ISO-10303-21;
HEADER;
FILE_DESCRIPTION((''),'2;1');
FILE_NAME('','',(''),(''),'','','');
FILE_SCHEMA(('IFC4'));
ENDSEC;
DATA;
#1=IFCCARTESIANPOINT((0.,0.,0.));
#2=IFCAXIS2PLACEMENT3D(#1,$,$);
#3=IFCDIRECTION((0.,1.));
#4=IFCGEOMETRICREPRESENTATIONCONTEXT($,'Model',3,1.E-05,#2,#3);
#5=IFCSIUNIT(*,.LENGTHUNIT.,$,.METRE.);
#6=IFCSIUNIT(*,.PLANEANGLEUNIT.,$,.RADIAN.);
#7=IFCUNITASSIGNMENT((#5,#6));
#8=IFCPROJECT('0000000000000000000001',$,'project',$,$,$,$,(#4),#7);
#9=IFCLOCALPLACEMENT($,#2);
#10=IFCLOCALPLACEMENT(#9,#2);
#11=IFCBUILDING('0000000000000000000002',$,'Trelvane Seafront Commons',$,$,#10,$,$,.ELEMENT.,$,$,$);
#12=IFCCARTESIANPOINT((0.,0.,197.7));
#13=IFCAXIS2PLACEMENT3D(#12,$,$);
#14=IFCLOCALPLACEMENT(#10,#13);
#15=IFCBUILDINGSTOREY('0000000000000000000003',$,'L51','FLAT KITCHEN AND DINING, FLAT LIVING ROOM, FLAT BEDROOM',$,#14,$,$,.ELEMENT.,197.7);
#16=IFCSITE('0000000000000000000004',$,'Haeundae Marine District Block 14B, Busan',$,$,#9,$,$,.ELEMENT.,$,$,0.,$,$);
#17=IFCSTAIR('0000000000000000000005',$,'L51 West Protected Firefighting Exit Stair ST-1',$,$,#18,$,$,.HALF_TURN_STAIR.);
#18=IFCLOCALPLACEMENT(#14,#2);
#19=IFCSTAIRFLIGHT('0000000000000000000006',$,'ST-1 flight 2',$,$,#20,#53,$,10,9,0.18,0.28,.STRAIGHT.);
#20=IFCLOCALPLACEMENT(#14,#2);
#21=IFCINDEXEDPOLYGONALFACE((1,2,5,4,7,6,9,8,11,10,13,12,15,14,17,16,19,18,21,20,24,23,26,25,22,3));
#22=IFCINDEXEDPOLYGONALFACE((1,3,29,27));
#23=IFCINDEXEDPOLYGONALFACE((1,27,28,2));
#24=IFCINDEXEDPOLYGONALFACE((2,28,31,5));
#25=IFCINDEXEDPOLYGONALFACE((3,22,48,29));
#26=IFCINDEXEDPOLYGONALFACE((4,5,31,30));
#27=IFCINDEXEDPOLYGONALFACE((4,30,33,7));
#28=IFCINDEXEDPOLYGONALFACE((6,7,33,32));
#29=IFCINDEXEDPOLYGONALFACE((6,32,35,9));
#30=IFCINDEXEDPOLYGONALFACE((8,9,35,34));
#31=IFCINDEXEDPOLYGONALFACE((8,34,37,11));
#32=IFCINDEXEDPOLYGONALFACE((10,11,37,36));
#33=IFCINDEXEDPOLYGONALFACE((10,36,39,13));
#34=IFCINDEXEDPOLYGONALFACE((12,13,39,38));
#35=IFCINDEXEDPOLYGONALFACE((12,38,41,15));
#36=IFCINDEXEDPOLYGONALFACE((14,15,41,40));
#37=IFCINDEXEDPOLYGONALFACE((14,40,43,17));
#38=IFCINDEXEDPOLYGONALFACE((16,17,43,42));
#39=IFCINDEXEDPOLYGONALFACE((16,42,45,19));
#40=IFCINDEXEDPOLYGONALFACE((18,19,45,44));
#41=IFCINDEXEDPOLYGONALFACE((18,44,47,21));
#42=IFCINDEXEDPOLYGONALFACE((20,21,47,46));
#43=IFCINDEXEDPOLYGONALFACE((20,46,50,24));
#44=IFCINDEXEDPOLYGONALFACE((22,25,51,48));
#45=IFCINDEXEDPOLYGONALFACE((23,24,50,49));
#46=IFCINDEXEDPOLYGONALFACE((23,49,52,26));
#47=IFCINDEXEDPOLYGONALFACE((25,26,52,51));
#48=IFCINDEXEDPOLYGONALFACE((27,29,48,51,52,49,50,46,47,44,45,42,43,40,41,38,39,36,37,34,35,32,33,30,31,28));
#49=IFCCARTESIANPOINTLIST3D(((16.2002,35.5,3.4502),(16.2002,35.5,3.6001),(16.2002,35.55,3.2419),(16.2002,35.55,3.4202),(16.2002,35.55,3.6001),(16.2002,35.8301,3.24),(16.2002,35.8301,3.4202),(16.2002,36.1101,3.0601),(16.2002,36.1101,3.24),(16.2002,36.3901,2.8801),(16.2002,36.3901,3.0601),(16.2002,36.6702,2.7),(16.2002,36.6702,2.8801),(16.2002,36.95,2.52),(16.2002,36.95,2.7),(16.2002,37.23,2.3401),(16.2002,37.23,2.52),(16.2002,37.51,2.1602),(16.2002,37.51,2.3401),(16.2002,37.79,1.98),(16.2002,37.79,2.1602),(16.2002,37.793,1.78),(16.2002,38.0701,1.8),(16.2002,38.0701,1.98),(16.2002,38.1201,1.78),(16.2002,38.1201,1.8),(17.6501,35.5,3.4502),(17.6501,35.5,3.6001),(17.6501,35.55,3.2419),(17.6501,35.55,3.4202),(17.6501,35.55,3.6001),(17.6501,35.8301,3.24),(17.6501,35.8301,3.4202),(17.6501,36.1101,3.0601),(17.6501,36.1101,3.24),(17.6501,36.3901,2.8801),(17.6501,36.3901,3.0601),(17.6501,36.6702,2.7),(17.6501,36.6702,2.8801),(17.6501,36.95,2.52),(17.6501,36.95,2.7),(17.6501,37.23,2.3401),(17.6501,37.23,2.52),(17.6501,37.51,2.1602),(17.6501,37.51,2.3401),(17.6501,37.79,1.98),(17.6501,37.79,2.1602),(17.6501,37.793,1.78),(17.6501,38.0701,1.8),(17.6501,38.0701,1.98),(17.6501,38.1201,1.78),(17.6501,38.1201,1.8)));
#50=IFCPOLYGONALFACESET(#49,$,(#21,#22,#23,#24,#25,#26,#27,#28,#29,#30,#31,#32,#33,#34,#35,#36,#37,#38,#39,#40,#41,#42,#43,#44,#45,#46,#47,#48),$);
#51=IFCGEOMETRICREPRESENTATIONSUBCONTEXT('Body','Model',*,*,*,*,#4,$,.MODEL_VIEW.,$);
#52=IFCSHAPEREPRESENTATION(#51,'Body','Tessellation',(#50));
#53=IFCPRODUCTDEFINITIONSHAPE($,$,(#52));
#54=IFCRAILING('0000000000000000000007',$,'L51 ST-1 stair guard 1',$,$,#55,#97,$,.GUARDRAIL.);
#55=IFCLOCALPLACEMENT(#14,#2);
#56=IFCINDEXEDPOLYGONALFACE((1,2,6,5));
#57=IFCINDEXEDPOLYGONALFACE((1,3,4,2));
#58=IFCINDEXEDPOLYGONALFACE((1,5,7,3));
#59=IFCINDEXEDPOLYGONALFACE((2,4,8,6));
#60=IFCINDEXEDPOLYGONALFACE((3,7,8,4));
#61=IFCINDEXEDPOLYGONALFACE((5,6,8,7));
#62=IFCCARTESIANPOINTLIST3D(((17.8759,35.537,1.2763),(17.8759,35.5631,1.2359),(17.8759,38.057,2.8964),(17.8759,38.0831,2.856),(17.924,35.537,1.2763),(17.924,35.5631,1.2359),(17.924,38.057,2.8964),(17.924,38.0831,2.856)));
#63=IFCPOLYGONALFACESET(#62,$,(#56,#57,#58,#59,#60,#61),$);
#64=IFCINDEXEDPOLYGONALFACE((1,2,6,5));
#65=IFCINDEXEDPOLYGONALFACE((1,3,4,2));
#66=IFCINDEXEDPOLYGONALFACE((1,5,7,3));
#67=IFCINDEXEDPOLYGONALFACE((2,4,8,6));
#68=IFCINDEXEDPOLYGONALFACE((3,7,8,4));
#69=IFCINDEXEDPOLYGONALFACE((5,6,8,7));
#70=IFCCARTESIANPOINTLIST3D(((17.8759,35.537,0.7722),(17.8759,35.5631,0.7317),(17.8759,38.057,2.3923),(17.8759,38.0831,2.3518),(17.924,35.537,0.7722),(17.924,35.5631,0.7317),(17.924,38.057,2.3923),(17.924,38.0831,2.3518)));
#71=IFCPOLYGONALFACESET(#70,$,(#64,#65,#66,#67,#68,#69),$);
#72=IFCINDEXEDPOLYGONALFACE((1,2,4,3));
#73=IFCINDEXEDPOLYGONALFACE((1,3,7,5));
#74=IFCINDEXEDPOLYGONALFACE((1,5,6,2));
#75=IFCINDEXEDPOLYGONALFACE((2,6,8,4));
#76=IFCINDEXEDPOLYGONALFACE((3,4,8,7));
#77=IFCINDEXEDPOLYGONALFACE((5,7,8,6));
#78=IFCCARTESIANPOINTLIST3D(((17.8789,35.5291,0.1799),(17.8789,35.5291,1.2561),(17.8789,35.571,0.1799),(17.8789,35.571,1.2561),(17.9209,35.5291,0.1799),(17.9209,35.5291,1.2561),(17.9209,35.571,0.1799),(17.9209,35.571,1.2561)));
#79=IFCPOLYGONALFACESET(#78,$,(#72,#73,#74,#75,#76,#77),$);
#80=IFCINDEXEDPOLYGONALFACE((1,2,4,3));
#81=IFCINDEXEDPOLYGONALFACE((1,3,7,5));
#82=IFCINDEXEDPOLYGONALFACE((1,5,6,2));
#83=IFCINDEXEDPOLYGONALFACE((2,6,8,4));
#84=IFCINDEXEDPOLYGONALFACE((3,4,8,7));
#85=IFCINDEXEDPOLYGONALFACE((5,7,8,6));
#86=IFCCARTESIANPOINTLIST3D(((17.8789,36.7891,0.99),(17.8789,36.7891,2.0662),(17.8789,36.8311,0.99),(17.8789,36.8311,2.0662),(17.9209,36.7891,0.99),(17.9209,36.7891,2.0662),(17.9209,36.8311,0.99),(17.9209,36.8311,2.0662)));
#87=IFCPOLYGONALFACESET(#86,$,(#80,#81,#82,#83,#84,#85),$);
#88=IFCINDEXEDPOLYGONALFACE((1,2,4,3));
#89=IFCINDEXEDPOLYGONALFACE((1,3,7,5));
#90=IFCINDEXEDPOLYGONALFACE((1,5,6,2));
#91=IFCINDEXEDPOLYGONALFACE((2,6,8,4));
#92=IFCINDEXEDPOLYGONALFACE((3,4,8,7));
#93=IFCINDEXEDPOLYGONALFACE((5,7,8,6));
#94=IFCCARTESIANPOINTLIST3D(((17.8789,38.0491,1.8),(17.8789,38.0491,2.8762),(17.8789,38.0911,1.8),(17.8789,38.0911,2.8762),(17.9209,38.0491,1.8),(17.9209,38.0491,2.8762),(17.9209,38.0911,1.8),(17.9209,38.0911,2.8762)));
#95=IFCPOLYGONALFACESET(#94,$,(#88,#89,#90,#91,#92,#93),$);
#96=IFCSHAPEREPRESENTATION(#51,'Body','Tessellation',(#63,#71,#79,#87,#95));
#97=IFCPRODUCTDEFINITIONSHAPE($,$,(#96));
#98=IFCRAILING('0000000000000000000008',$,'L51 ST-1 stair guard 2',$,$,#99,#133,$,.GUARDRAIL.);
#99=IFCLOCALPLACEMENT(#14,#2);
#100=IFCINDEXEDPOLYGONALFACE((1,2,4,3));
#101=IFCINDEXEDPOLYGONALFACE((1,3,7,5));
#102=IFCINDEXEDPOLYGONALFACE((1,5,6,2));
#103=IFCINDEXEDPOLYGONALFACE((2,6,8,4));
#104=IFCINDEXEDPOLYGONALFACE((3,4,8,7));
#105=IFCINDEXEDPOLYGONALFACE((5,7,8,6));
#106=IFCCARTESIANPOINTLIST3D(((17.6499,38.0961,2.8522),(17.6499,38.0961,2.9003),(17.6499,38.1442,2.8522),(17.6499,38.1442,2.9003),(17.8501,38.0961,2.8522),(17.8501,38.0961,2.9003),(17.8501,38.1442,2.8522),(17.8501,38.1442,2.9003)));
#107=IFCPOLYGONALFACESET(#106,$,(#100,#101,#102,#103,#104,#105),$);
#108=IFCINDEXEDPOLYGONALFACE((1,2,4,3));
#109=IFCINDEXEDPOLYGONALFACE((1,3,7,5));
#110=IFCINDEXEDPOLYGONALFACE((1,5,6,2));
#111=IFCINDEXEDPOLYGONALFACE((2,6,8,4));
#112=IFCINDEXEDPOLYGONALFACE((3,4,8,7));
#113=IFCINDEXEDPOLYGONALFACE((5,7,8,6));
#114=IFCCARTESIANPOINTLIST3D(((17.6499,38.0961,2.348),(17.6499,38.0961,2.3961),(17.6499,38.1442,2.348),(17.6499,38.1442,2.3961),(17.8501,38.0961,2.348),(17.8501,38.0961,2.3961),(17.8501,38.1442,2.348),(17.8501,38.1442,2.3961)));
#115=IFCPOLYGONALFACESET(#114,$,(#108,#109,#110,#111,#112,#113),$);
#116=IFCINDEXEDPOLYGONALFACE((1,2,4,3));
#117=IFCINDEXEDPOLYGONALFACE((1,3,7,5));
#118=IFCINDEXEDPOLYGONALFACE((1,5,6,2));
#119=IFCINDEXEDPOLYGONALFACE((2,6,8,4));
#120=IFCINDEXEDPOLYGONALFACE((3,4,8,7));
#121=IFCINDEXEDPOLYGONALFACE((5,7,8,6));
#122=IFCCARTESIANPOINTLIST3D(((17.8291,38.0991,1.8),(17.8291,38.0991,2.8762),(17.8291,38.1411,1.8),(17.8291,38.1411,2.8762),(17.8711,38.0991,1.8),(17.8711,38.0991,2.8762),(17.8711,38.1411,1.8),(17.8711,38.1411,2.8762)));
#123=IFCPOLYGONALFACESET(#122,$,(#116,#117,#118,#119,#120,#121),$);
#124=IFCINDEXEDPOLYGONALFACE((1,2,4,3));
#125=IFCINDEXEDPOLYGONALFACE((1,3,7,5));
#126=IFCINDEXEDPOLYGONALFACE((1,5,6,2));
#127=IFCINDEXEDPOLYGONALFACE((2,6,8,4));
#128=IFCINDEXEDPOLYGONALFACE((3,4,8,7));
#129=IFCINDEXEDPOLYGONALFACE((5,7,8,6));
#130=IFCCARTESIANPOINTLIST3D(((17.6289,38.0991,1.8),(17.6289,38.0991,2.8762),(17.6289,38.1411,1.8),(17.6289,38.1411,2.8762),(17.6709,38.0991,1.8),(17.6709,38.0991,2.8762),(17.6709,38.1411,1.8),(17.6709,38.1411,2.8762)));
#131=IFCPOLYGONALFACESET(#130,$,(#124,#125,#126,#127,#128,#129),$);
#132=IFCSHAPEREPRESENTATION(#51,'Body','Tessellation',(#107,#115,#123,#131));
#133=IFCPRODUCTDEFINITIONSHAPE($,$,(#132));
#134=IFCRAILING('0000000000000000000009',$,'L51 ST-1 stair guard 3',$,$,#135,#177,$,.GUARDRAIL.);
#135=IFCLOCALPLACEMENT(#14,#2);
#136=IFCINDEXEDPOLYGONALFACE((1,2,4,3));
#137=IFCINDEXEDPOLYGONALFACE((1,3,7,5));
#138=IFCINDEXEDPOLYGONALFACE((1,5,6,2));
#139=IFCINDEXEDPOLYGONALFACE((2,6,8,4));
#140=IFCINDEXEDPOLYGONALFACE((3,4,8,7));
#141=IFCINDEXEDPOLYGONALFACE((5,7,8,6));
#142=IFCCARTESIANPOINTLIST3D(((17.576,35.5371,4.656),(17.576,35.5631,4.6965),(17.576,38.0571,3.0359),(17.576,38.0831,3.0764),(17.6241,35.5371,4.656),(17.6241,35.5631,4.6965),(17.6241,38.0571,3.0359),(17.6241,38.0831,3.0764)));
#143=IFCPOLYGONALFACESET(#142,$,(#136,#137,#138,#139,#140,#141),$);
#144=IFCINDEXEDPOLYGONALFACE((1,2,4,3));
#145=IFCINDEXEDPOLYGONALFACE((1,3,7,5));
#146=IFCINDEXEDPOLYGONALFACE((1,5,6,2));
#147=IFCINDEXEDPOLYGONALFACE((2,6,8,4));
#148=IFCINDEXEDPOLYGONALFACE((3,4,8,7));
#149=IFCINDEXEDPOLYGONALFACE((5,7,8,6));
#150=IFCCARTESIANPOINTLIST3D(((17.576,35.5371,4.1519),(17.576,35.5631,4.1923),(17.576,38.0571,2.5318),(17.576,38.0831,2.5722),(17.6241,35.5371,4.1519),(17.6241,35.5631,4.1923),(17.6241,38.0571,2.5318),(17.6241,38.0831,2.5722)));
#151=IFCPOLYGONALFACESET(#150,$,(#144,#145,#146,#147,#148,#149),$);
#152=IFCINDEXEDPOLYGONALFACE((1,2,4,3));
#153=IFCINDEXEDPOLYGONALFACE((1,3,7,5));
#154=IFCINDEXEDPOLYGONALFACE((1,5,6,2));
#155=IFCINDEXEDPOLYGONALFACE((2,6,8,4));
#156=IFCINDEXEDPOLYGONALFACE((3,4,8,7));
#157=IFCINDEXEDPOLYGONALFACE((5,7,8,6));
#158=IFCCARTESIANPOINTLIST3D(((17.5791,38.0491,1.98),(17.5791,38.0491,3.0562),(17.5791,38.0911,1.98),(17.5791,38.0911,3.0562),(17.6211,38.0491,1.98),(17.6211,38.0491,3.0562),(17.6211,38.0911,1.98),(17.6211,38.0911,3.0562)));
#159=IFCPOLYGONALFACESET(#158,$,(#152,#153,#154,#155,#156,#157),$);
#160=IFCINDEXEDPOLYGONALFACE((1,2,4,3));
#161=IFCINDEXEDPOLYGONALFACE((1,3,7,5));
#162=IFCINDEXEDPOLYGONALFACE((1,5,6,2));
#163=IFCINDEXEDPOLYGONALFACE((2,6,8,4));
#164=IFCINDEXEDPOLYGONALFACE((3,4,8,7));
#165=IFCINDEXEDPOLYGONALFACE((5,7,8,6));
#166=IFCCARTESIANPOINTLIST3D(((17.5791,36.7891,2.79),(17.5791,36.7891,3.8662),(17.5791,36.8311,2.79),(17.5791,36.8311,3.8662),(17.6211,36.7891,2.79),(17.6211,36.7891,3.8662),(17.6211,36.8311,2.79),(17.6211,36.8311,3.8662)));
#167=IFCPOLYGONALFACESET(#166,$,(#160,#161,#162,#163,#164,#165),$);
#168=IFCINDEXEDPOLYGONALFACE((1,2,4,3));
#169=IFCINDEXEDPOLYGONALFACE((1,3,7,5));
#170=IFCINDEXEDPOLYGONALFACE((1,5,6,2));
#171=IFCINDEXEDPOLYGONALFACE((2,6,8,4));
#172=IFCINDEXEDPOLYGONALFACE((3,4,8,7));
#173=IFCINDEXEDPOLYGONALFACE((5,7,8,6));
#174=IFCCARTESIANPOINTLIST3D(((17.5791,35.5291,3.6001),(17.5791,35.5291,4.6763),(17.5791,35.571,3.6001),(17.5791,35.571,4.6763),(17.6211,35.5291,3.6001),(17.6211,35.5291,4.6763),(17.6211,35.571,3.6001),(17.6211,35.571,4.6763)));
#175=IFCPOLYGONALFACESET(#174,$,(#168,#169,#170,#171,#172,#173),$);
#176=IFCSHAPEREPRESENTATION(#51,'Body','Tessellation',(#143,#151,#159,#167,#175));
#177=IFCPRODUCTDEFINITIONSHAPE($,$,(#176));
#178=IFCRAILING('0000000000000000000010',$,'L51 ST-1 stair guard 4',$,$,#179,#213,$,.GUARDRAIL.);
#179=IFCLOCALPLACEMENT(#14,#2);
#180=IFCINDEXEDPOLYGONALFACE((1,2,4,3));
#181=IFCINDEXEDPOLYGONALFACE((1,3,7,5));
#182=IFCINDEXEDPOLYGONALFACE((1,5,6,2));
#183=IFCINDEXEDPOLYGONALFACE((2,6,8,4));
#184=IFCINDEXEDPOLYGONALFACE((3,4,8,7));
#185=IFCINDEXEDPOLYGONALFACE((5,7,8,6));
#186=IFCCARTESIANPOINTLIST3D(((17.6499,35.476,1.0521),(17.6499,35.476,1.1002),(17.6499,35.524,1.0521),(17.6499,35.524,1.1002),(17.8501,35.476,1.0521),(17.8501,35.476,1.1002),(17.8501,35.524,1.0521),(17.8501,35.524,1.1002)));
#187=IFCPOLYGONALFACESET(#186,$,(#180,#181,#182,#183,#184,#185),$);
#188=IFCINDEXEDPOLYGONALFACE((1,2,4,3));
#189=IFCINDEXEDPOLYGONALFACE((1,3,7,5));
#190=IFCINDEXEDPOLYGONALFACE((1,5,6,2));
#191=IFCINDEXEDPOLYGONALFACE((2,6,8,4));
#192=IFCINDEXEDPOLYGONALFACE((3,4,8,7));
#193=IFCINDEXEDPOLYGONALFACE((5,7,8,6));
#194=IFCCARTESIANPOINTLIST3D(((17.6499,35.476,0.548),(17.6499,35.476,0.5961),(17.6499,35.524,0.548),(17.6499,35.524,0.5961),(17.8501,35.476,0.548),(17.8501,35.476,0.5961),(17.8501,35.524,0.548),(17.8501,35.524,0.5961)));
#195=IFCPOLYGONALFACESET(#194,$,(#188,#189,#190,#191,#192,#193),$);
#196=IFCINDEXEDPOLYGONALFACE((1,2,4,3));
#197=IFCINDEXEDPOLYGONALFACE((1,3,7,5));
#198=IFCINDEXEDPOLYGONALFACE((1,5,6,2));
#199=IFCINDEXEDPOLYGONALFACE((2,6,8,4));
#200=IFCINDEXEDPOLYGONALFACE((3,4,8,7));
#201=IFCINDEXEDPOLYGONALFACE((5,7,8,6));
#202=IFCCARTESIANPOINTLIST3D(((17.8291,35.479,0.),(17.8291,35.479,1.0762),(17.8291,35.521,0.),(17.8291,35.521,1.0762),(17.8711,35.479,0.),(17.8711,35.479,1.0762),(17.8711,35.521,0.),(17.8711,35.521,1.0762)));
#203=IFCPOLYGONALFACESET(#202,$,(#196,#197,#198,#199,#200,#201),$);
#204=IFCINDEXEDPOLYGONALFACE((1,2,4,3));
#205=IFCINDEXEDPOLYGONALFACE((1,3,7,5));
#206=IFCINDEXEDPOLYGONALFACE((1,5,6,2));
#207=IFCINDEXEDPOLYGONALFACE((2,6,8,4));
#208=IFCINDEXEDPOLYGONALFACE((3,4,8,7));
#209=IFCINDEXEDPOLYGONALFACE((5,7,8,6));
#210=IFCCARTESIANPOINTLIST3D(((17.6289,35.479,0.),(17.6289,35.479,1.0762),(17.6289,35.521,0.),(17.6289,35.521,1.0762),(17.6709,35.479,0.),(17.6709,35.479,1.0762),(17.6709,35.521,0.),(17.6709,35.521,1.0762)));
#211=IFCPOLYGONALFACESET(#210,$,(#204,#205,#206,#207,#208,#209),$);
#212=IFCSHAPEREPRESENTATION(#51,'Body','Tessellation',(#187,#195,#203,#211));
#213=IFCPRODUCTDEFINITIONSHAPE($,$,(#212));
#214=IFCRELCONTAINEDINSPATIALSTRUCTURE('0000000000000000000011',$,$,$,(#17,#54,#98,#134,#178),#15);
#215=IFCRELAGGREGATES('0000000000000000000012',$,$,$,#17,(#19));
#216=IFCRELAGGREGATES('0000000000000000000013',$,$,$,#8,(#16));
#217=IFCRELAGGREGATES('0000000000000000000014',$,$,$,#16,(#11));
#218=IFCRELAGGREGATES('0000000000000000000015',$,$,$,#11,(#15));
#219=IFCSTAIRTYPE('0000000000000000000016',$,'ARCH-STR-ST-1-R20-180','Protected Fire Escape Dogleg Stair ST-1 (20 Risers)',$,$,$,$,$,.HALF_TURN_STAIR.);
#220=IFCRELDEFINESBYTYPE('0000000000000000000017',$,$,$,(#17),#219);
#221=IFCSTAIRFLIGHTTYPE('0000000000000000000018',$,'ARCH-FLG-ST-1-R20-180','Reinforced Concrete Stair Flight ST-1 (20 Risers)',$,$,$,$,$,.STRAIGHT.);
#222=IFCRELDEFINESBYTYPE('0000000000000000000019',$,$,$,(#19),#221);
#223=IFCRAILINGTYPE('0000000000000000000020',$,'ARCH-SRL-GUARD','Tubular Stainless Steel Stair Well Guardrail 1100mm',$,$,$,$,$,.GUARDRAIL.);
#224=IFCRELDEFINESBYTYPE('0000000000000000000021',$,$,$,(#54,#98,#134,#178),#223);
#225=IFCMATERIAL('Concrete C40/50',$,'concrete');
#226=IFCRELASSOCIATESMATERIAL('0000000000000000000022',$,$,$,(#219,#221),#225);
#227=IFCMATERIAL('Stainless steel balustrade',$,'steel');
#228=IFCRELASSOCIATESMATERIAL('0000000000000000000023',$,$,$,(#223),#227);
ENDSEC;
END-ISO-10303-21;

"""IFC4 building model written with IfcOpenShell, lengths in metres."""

from ifc_helpers import new_model, si_unit, direction, frame, origin, origin_2d, place, context, subcontext, project, spatial, polyline, rectangle, outline, extrude, source, transform, mapped, material, type_object, element, aggregate, save


model = new_model("IFC4")

# Units and contexts
model_context = context("Model", 3, precision=1e-05, world=origin(), true_north=direction((0.0, 1.0)))
body_context = subcontext(model_context, "Body", "Model", "MODEL_VIEW")
ifc_project = project(units=[si_unit("LENGTHUNIT", "METRE"), si_unit("PLANEANGLEUNIT", "RADIAN")], contexts=[model_context])

# Site, building, storey
site_placement = place(None, origin())
site = spatial("IfcSite", under=ifc_project, at=site_placement, Name="Haeundae Marine District Block 14B, Busan", CompositionType="ELEMENT", RefElevation=0.0)
building_placement = place(site_placement, origin())
building = spatial("IfcBuilding", under=site, at=building_placement, Name="Trelvane Seafront Commons", CompositionType="ELEMENT")
storey_placement = place(building_placement, frame((0.0, 0.0, 197.7)))
storey = spatial("IfcBuildingStorey", under=building, at=storey_placement, Name="L51", Description="FLAT KITCHEN AND DINING, FLAT LIVING ROOM, FLAT BEDROOM", CompositionType="ELEMENT", Elevation=197.7)

# Shared definitions
ifc_material_1 = material(Name="Concrete C40/50", Category="concrete")

# Shared definitions
ifc_material_2 = material(Name="Stainless steel balustrade", Category="steel")

# Stair, stair flight
stair_type = type_object("IfcStairType", Name="ARCH-STR-ST-1-R20-180", Description="Protected Fire Escape Dogleg Stair ST-1 (20 Risers)", PredefinedType="HALF_TURN_STAIR", material=ifc_material_1)
stair_placement = place(storey_placement, origin())
stair = element("IfcStair", 1, at=stair_placement, inside=storey, type_object=stair_type, Name="L51 West Protected Firefighting Exit Stair ST-1", PredefinedType="HALF_TURN_STAIR")
stair_flight_type = type_object("IfcStairFlightType", Name="ARCH-FLG-ST-1-R20-180", Description="Reinforced Concrete Stair Flight ST-1 (20 Risers)", PredefinedType="STRAIGHT", material=ifc_material_1)
shared_shape_1 = source(origin(), body_context, "Body", "SweptSolid", [
    extrude(outline(polyline([(-0.05, -0.02), (-0.05, 0.0), (0.0, 0.0), (0.0, 0.1799), (0.28, 0.1799), (0.28, 0.3601), (0.5601, 0.3601), (0.5601, 0.54), (0.8401, 0.54), (0.8401, 0.72), (1.1201, 0.72), (1.1201, 0.8999), (1.3999, 0.8999), (1.3999, 1.0801), (1.6799, 1.0801), (1.6799, 1.26), (1.96, 1.26), (1.96, 1.4399), (2.24, 1.4399), (2.24, 1.6201), (2.52, 1.6201), (2.52, 1.8), (2.5701, 1.8), (2.5701, 1.6501), (2.52, 1.4419), (0.2771, -0.02), (-0.05, -0.02)])), frame((0.0, 0.7251, 0.0), z_axis=(0.0, -1.0, 0.0), x_axis=(1.0, 0.0, 0.0)), (0.0, 0.0, 1.0), 1.45),
])
stair_flight_1_placement = place(storey_placement, frame((16.925, 38.0701, 1.8), z_axis=(0.0, 0.0, 1.0), x_axis=(0.0, -1.0, 0.0)))
stair_flight_1 = element("IfcStairFlight", 2, at=stair_flight_1_placement, type_object=stair_flight_type, Name="ST-1 flight 2", NumberOfRisers=10, NumberOfTreads=9, PredefinedType="STRAIGHT", RiserHeight=0.18, TreadLength=0.28, context=body_context, shape_type="MappedRepresentation", body=[
    mapped(shared_shape_1, transform((0.0, 0.0, 0.0), x_axis=(1.0, 0.0, 0.0), y_axis=(0.0, 1.0, 0.0), z_axis=(0.0, 0.0, 1.0), scale=1.0)),
])
aggregate(stair, [stair_flight_1])

# Railings
railing_type_1 = type_object("IfcRailingType", Name="ARCH-SRL-GUARD", Description="Tubular Stainless Steel Stair Well Guardrail 1100mm", PredefinedType="GUARDRAIL", material=ifc_material_2)
railing_1_placement = place(storey_placement, frame((17.8999, 35.55, 0.1799)))
element("IfcRailing", 3, at=railing_1_placement, inside=storey, type_object=railing_type_1, Name="L51 ST-1 stair guard 1", PredefinedType="GUARDRAIL", context=body_context, shape_type="SweptSolid", body=[
    extrude(rectangle(XDim=0.0481, YDim=0.0481, at=origin_2d()), frame((0.0, 0.0, 1.0762), z_axis=(0.0, 0.841163, 0.540782), x_axis=(-1.0, 0.0, 0.0)), (0.0, 0.0, 1.0), 2.9958),
    extrude(rectangle(XDim=0.0481, YDim=0.0481, at=origin_2d()), frame((0.0, 0.0, 0.572), z_axis=(0.0, 0.841163, 0.540782), x_axis=(-1.0, 0.0, 0.0)), (0.0, 0.0, 1.0), 2.9958),
    extrude(rectangle(XDim=0.042, YDim=0.042, at=origin_2d()), origin(), (0.0, 0.0, 1.0), 1.0762),
    extrude(rectangle(XDim=0.042, YDim=0.042, at=origin_2d()), frame((0.0, 1.26, 0.8101)), (0.0, 0.0, 1.0), 1.0762),
    extrude(rectangle(XDim=0.042, YDim=0.042, at=origin_2d()), frame((0.0, 2.52, 1.6201)), (0.0, 0.0, 1.0), 1.0762),
])
railing_2_placement = place(storey_placement, frame((17.8501, 38.1201, 1.8)))
element("IfcRailing", 4, at=railing_2_placement, inside=storey, type_object=railing_type_1, Name="L51 ST-1 stair guard 2", PredefinedType="GUARDRAIL", context=body_context, shape_type="SweptSolid", body=[
    extrude(rectangle(XDim=0.0481, YDim=0.0481, at=origin_2d()), frame((0.0, 0.0, 1.0762), z_axis=(-1.0, 0.0, 0.0), x_axis=(0.0, -1.0, 0.0)), (0.0, 0.0, 1.0), 0.2002),
    extrude(rectangle(XDim=0.0481, YDim=0.0481, at=origin_2d()), frame((0.0, 0.0, 0.572), z_axis=(-1.0, 0.0, 0.0), x_axis=(0.0, -1.0, 0.0)), (0.0, 0.0, 1.0), 0.2002),
    extrude(rectangle(XDim=0.042, YDim=0.042, at=origin_2d()), origin(), (0.0, 0.0, 1.0), 1.0762),
    extrude(rectangle(XDim=0.042, YDim=0.042, at=origin_2d()), frame((-0.2002, 0.0, 0.0)), (0.0, 0.0, 1.0), 1.0762),
])
railing_3_placement = place(storey_placement, frame((17.6001, 38.0701, 1.98)))
element("IfcRailing", 5, at=railing_3_placement, inside=storey, type_object=railing_type_1, Name="L51 ST-1 stair guard 3", PredefinedType="GUARDRAIL", context=body_context, shape_type="SweptSolid", body=[
    extrude(rectangle(XDim=0.0481, YDim=0.0481, at=origin_2d()), frame((0.0, 0.0, 1.0762), z_axis=(0.0, -0.841163, 0.540782), x_axis=(1.0, 0.0, 0.0)), (0.0, 0.0, 1.0), 2.9958),
    extrude(rectangle(XDim=0.0481, YDim=0.0481, at=origin_2d()), frame((0.0, 0.0, 0.572), z_axis=(0.0, -0.841163, 0.540782), x_axis=(1.0, 0.0, 0.0)), (0.0, 0.0, 1.0), 2.9958),
    extrude(rectangle(XDim=0.042, YDim=0.042, at=origin_2d()), origin(), (0.0, 0.0, 1.0), 1.0762),
    extrude(rectangle(XDim=0.042, YDim=0.042, at=origin_2d()), frame((0.0, -1.26, 0.8101)), (0.0, 0.0, 1.0), 1.0762),
    extrude(rectangle(XDim=0.042, YDim=0.042, at=origin_2d()), frame((0.0, -2.52, 1.6201)), (0.0, 0.0, 1.0), 1.0762),
])
railing_4_placement = place(storey_placement, frame((17.8501, 35.5, 0.0)))
element("IfcRailing", 6, at=railing_4_placement, inside=storey, type_object=railing_type_1, Name="L51 ST-1 stair guard 4", PredefinedType="GUARDRAIL", context=body_context, shape_type="SweptSolid", body=[
    extrude(rectangle(XDim=0.0481, YDim=0.0481, at=origin_2d()), frame((0.0, 0.0, 1.0762), z_axis=(-1.0, 0.0, 0.0), x_axis=(0.0, -1.0, 0.0)), (0.0, 0.0, 1.0), 0.2002),
    extrude(rectangle(XDim=0.0481, YDim=0.0481, at=origin_2d()), frame((0.0, 0.0, 0.572), z_axis=(-1.0, 0.0, 0.0), x_axis=(0.0, -1.0, 0.0)), (0.0, 0.0, 1.0), 0.2002),
    extrude(rectangle(XDim=0.042, YDim=0.042, at=origin_2d()), origin(), (0.0, 0.0, 1.0), 1.0762),
    extrude(rectangle(XDim=0.042, YDim=0.042, at=origin_2d()), frame((-0.2002, 0.0, 0.0)), (0.0, 0.0, 1.0), 1.0762),
])

save(model, "model.ifc")
